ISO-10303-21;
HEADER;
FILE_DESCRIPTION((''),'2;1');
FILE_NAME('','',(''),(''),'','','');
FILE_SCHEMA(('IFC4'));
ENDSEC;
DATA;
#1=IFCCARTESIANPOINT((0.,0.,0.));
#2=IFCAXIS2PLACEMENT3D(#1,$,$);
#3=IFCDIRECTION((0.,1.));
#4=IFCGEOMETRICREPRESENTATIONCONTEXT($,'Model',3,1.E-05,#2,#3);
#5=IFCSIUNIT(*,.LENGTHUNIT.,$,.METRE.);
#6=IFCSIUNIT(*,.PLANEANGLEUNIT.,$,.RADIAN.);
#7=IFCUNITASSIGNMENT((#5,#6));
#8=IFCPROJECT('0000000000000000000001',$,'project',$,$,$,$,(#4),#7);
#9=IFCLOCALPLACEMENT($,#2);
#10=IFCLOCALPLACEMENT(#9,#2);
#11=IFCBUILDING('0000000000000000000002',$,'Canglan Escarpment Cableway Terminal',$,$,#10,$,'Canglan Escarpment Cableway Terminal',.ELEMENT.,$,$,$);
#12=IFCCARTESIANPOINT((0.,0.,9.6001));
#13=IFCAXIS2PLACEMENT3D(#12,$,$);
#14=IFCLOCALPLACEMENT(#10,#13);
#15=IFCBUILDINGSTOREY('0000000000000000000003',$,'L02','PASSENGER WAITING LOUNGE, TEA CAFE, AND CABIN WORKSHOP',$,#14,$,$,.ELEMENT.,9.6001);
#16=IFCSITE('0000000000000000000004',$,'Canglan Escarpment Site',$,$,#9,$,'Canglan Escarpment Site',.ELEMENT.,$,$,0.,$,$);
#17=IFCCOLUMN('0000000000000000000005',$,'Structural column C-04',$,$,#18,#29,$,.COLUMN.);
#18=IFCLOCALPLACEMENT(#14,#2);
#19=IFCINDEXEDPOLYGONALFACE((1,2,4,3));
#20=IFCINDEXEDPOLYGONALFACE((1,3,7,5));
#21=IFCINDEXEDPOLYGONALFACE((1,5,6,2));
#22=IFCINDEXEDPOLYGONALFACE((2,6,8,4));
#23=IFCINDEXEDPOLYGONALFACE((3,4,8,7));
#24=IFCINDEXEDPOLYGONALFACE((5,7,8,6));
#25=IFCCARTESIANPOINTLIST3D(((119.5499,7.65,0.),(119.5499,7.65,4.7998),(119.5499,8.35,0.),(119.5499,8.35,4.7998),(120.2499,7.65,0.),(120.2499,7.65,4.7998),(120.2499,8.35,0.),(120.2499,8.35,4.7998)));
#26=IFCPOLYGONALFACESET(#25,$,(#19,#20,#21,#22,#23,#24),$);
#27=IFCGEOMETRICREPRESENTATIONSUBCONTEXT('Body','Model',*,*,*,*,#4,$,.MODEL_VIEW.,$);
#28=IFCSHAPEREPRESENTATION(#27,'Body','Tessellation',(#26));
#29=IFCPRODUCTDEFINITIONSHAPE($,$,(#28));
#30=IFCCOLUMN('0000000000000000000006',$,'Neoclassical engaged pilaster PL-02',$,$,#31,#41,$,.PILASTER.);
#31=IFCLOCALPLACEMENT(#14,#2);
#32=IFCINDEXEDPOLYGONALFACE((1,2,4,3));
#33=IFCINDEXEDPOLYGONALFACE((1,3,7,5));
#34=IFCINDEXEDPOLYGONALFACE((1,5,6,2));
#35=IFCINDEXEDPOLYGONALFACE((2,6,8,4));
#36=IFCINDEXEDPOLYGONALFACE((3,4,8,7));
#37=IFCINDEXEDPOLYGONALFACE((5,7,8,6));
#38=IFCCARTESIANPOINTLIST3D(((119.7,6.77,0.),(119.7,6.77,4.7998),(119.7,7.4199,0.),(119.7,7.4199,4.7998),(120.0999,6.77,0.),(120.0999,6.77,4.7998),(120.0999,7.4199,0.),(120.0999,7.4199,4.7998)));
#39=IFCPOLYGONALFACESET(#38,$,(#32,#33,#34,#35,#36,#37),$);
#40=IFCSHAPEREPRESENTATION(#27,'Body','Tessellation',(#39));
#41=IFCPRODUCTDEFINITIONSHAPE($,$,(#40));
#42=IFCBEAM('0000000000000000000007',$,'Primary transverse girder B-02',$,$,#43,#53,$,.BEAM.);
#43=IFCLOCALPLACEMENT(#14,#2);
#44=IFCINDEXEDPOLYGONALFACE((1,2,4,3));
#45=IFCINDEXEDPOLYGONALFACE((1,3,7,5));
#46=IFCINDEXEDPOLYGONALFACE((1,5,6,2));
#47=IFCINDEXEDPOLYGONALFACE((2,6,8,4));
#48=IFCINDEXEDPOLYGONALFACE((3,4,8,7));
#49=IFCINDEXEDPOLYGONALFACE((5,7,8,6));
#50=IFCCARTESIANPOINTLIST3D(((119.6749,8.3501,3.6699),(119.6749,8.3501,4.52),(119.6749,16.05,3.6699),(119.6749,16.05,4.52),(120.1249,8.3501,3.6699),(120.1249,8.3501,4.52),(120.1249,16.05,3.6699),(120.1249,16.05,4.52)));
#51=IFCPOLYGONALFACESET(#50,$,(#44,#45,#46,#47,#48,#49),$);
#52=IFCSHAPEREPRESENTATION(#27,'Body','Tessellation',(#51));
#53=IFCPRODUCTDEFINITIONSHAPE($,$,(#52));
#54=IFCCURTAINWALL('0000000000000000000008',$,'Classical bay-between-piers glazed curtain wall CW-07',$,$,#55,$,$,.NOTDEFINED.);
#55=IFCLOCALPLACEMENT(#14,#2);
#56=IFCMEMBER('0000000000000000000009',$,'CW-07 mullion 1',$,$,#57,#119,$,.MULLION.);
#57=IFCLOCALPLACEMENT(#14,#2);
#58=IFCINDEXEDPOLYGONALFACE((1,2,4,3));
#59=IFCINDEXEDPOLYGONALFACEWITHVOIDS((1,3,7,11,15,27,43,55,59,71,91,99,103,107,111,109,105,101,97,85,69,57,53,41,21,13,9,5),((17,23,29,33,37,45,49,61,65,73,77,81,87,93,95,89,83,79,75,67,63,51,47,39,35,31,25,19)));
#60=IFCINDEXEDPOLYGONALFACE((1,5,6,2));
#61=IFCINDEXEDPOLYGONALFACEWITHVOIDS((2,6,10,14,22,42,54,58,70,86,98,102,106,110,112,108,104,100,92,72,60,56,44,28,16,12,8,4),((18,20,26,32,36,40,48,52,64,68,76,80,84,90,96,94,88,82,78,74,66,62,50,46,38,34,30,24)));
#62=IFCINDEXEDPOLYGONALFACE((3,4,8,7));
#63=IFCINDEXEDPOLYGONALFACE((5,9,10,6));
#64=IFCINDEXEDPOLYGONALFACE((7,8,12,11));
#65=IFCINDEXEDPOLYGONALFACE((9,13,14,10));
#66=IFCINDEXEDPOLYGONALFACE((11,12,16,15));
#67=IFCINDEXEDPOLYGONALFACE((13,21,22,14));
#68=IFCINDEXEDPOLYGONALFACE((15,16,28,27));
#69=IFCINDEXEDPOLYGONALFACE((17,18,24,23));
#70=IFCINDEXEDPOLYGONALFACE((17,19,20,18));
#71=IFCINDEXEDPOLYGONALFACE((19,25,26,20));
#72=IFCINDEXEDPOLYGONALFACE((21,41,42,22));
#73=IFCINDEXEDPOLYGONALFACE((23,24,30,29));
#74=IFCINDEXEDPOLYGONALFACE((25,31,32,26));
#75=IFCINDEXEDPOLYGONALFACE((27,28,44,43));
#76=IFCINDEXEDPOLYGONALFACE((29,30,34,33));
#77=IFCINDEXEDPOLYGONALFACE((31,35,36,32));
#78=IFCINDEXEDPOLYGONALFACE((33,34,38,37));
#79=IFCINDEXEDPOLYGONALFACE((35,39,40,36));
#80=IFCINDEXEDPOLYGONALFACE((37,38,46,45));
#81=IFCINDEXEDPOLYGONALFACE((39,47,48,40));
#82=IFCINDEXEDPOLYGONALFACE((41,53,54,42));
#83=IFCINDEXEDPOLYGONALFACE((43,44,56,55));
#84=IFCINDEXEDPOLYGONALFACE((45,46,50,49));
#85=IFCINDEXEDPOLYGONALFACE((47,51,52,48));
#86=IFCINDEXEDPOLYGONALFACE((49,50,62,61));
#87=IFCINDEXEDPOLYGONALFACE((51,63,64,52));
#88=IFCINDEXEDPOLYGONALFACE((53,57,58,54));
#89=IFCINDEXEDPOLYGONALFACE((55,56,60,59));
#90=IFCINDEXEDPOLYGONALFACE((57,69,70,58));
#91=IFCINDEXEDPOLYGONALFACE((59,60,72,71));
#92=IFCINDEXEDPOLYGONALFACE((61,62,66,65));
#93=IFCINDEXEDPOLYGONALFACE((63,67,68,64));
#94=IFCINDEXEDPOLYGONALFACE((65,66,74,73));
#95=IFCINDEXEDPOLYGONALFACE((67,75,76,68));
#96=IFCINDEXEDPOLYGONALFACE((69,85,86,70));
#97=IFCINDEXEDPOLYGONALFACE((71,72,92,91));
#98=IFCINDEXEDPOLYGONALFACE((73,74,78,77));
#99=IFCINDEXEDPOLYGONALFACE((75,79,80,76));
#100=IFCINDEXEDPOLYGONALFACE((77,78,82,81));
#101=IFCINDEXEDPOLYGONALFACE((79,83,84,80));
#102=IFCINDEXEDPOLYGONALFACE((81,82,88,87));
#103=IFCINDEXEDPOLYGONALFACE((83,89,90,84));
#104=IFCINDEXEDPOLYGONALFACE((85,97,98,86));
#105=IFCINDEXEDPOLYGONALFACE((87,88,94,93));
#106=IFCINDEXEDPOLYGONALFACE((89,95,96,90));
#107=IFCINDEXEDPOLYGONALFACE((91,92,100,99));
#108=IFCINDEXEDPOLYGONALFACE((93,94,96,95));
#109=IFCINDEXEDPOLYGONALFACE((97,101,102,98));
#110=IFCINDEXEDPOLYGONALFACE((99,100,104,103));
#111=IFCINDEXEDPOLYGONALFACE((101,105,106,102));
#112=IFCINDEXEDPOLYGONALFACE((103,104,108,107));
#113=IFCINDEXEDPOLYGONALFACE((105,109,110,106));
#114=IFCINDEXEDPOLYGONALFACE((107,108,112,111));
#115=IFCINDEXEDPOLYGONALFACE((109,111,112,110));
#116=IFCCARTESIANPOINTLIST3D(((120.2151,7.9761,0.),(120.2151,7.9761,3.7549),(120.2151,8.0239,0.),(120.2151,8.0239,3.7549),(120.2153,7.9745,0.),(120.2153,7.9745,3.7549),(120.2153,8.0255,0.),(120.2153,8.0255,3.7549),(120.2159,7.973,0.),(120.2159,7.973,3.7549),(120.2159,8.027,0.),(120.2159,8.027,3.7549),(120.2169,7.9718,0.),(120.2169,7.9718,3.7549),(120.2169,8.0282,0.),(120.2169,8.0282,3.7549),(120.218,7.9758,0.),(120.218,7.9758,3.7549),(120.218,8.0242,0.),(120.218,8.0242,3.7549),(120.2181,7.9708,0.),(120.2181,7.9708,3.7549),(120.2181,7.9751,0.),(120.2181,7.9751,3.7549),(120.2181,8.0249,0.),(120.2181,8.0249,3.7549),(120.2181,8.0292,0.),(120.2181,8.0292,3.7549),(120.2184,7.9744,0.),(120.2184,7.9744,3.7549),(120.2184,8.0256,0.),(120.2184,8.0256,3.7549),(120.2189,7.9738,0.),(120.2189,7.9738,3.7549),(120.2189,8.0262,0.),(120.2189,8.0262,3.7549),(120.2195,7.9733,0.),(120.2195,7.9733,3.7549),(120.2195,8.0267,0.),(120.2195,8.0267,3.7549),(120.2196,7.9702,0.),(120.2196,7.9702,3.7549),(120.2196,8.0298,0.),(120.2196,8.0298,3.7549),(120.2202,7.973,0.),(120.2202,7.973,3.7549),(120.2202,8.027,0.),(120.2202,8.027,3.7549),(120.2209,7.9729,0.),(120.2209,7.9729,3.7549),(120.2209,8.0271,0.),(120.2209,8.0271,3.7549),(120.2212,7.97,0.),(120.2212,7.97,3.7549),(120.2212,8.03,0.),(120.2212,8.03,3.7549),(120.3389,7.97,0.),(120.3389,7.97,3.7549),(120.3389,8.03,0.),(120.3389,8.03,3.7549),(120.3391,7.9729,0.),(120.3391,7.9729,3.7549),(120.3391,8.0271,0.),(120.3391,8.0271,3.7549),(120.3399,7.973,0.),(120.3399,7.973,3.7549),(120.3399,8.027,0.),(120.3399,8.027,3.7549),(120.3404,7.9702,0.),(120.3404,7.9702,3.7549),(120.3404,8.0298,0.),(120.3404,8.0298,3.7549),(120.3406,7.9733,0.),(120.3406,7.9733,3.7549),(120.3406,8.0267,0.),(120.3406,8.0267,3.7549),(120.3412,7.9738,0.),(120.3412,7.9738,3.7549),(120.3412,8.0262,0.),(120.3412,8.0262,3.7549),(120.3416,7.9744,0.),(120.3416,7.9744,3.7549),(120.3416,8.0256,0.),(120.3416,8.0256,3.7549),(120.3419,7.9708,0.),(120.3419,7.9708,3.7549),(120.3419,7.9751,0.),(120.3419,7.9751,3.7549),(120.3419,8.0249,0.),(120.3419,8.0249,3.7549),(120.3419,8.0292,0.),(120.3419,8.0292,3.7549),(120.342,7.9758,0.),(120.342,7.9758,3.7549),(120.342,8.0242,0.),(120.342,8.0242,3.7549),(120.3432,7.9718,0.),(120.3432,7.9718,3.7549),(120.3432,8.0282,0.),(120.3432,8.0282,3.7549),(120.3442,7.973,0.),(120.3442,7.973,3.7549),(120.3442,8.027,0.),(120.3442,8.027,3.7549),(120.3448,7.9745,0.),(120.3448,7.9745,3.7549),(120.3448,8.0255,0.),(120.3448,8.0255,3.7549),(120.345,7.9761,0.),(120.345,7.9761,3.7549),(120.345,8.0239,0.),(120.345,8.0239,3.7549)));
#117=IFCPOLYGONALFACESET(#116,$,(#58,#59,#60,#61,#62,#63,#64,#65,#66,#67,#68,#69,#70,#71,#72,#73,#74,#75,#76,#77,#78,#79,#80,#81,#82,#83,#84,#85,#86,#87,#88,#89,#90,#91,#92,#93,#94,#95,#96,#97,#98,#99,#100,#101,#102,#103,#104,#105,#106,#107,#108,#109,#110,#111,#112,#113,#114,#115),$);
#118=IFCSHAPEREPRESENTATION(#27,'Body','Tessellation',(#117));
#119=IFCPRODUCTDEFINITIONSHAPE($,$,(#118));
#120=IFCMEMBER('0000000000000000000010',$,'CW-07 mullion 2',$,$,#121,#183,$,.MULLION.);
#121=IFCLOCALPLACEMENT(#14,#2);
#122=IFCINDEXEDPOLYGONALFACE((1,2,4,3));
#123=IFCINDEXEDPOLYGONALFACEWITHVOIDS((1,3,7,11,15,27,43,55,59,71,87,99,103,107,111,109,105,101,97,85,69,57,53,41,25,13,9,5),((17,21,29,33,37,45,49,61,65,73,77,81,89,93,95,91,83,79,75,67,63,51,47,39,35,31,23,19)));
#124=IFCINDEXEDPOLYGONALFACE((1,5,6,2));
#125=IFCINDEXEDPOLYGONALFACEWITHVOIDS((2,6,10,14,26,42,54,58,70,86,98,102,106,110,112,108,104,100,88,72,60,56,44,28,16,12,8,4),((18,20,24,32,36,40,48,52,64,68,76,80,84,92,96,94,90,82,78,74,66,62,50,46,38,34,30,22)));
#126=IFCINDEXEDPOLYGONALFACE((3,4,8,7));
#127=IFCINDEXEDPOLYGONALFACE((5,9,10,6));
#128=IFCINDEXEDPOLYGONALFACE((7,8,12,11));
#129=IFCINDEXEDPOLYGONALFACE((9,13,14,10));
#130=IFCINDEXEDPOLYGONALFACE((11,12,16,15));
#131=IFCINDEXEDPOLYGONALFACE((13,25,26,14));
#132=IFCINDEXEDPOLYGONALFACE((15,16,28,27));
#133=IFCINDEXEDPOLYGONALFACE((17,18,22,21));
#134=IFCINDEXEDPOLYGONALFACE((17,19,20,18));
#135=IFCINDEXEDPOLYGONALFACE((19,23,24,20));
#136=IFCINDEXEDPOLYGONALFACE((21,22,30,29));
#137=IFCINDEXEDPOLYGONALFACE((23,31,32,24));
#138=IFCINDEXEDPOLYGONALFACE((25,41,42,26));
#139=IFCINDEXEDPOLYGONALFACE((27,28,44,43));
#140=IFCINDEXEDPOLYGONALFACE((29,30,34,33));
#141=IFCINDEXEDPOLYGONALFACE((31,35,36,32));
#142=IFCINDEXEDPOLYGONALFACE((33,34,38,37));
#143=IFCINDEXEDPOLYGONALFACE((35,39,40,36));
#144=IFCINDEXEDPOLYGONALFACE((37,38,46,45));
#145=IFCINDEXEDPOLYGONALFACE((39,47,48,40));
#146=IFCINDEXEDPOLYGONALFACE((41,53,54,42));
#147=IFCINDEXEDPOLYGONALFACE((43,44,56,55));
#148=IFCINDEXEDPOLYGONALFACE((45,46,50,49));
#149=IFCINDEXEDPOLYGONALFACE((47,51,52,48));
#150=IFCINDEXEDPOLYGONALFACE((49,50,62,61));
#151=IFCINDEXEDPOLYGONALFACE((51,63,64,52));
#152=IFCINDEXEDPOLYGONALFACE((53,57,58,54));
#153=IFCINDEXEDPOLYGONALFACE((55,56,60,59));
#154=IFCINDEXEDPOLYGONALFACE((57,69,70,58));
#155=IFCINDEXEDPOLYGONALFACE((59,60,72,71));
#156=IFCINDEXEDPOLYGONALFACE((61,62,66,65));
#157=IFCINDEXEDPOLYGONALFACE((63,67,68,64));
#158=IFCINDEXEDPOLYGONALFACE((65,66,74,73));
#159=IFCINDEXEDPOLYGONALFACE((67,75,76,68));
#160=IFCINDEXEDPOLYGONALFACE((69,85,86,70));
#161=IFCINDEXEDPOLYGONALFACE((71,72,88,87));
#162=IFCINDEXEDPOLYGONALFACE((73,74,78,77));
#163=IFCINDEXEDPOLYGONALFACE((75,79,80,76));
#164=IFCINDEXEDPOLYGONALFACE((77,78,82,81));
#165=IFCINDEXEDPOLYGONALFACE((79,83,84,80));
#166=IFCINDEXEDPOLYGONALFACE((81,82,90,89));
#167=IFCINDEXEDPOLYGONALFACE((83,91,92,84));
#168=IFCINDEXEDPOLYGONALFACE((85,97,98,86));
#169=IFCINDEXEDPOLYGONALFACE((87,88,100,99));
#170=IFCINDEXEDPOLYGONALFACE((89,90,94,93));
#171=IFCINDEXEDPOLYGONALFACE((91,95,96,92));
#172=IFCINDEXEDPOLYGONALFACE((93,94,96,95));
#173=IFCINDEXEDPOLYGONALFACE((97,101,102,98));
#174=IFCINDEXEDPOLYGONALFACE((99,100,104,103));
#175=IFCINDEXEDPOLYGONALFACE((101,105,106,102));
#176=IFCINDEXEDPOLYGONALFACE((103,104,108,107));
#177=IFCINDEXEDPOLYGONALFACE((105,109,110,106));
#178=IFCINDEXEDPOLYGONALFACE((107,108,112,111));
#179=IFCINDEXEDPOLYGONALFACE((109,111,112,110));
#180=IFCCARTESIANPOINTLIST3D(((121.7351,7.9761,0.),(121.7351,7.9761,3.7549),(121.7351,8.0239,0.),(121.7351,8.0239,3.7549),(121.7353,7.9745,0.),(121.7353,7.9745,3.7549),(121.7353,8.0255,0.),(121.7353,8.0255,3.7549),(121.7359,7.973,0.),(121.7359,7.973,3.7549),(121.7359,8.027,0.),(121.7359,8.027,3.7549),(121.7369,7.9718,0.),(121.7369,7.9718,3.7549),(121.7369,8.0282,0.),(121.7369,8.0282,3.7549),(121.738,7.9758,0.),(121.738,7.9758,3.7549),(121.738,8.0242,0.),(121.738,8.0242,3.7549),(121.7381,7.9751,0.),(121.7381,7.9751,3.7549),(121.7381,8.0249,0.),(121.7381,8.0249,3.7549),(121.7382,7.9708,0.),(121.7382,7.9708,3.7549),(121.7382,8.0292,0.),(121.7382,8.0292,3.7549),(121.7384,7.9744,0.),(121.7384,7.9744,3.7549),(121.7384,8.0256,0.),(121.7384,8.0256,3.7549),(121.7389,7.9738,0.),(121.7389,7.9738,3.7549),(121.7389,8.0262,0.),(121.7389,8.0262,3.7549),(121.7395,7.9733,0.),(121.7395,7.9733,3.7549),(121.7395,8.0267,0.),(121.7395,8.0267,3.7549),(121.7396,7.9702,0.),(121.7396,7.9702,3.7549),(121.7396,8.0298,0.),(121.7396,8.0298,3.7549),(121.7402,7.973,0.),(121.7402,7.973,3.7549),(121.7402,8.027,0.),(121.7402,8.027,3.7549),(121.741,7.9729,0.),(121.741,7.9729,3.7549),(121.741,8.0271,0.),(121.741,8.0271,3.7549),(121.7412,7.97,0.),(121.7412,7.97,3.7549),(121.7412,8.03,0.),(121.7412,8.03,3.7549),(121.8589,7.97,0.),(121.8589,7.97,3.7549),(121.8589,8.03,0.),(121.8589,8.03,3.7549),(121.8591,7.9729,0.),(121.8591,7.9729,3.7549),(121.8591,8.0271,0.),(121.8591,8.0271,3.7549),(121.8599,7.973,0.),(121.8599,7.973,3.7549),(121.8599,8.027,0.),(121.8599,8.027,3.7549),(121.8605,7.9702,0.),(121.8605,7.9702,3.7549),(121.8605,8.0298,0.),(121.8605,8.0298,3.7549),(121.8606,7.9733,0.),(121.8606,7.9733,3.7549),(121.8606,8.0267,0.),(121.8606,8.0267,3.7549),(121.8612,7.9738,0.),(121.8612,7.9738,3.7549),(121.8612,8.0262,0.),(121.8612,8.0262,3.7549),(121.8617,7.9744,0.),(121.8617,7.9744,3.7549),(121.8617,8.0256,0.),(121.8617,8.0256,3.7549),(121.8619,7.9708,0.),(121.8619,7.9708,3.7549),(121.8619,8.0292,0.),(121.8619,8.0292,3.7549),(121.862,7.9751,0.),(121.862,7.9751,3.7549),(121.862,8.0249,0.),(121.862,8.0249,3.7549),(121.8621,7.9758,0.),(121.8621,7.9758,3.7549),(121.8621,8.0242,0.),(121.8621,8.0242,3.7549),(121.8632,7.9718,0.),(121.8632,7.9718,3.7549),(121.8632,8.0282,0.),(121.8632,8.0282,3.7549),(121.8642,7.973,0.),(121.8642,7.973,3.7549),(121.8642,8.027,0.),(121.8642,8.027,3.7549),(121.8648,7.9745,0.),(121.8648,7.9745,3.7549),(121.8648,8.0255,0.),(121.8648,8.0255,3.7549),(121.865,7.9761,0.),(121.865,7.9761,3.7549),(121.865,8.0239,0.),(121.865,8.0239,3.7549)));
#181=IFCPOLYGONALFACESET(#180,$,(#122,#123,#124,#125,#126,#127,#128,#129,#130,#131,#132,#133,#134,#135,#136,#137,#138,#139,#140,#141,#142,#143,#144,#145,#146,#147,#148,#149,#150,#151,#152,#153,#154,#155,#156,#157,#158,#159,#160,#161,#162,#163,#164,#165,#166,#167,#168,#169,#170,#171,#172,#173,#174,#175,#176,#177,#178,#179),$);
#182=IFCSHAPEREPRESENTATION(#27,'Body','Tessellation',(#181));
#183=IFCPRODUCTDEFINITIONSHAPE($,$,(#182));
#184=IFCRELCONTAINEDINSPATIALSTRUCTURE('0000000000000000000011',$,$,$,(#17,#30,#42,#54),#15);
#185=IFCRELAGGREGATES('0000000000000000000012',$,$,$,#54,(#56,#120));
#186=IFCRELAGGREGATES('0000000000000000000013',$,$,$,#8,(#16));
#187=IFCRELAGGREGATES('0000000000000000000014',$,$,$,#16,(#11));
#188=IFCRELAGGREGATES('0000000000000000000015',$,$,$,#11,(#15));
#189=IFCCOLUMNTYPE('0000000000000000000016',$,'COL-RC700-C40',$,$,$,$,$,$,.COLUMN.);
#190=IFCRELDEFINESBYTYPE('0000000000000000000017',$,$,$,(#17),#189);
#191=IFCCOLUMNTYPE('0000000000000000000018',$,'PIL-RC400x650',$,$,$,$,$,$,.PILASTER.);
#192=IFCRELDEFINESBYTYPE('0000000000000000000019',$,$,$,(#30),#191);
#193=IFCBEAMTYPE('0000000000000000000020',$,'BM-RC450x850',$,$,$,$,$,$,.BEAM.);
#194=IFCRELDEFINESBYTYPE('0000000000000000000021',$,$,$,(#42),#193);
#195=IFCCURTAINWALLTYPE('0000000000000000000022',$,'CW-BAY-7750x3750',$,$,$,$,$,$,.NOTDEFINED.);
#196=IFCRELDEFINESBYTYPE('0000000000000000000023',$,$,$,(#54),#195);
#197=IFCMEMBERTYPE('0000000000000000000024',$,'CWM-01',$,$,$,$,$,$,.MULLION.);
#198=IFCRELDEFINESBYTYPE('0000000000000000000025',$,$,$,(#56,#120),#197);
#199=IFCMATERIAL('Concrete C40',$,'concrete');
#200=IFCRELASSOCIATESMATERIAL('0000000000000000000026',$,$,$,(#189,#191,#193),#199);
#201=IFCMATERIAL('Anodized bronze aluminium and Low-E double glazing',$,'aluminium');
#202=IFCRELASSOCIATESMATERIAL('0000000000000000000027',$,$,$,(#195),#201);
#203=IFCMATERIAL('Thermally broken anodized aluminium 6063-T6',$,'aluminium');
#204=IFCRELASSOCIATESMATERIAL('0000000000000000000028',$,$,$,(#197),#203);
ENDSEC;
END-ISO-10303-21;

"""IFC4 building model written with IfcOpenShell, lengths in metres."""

from ifc_helpers import new_model, si_unit, direction, frame, origin, origin_2d, place, context, subcontext, project, spatial, rectangle, hollow_rectangle, extrude, material, material_profile, profile_set, type_object, element, aggregate, save


model = new_model("IFC4")

# Units and contexts
model_context = context("Model", 3, precision=1e-05, world=origin(), true_north=direction((0.0, 1.0)))
body_context = subcontext(model_context, "Body", "Model", "MODEL_VIEW")
ifc_project = project(units=[si_unit("LENGTHUNIT", "METRE"), si_unit("PLANEANGLEUNIT", "RADIAN")], contexts=[model_context])

# Site, building, storey
site_placement = place(None, origin())
site = spatial("IfcSite", under=ifc_project, at=site_placement, Name="Canglan Escarpment Site", LongName="Canglan Escarpment Site", CompositionType="ELEMENT", RefElevation=0.0)
building_placement = place(site_placement, origin())
building = spatial("IfcBuilding", under=site, at=building_placement, Name="Canglan Escarpment Cableway Terminal", LongName="Canglan Escarpment Cableway Terminal", CompositionType="ELEMENT")
storey_placement = place(building_placement, frame((0.0, 0.0, 9.6001)))
storey = spatial("IfcBuildingStorey", under=building, at=storey_placement, Name="L02", Description="PASSENGER WAITING LOUNGE, TEA CAFE, AND CABIN WORKSHOP", CompositionType="ELEMENT", Elevation=9.6001)

# Columns
ifc_material_1 = material(Name="Concrete C40", Category="concrete")
ifc_material_profile_1 = material_profile(ifc_material_1, rectangle(XDim=0.7, YDim=0.7, at=origin_2d()), Name="RC 700x700")
ifc_profile_set_1 = profile_set([ifc_material_profile_1], Name="Concrete C40")
column_type_1 = type_object("IfcColumnType", Name="COL-RC700-C40", PredefinedType="COLUMN", material=ifc_profile_set_1)
column_1_placement = place(storey_placement, frame((119.8999, 8.0, 0.0), z_axis=(0.0, 0.0, 1.0), x_axis=(1.0, 0.0, 0.0)))
element("IfcColumn", 1, at=column_1_placement, inside=storey, type_object=column_type_1, Name="Structural column C-04", PredefinedType="COLUMN", context=body_context, shape_type="SweptSolid", body=[
    extrude(rectangle(XDim=0.7, YDim=0.7, at=origin_2d()), origin(), (0.0, 0.0, 1.0), 4.7998),
])
ifc_material_profile_2 = material_profile(ifc_material_1, rectangle(XDim=0.3999, YDim=0.6499, at=origin_2d()), Name="RC-PIL 400x650")
ifc_profile_set_2 = profile_set([ifc_material_profile_2], Name="Concrete C40")
column_type_2 = type_object("IfcColumnType", Name="PIL-RC400x650", PredefinedType="PILASTER", material=ifc_profile_set_2)
column_2_placement = place(storey_placement, frame((119.8999, 7.095, 0.0), z_axis=(0.0, 0.0, 1.0), x_axis=(1.0, 0.0, 0.0)))
element("IfcColumn", 2, at=column_2_placement, inside=storey, type_object=column_type_2, Name="Neoclassical engaged pilaster PL-02", PredefinedType="PILASTER", context=body_context, shape_type="SweptSolid", body=[
    extrude(rectangle(XDim=0.3999, YDim=0.6499, at=origin_2d()), origin(), (0.0, 0.0, 1.0), 4.7998),
])

# Beam
ifc_material_profile_3 = material_profile(ifc_material_1, rectangle(XDim=0.45, YDim=0.8501, at=origin_2d()), Name="RC 450x850")
ifc_profile_set_3 = profile_set([ifc_material_profile_3], Name="Concrete C40")
beam_type_1 = type_object("IfcBeamType", Name="BM-RC450x850", PredefinedType="BEAM", material=ifc_profile_set_3)
beam_1_placement = place(storey_placement, frame((119.8999, 8.3501, 4.095), z_axis=(0.0, 1.0, 0.0), x_axis=(-1.0, 0.0, 0.0)))
element("IfcBeam", 3, at=beam_1_placement, inside=storey, type_object=beam_type_1, Name="Primary transverse girder B-02", PredefinedType="BEAM", context=body_context, shape_type="SweptSolid", body=[
    extrude(rectangle(XDim=0.45, YDim=0.8501, at=origin_2d()), origin(), (0.0, 0.0, 1.0), 7.7),
])

# Curtain wall, members
ifc_material_2 = material(Name="Anodized bronze aluminium and Low-E double glazing", Category="aluminium")
curtain_wall_type = type_object("IfcCurtainWallType", Name="CW-BAY-7750x3750", PredefinedType="NOTDEFINED", material=ifc_material_2)
curtain_wall_placement = place(storey_placement, origin())
curtain_wall = element("IfcCurtainWall", 4, at=curtain_wall_placement, inside=storey, type_object=curtain_wall_type, Name="Classical bay-between-piers glazed curtain wall CW-07", PredefinedType="NOTDEFINED")
ifc_material_3 = material(Name="Thermally broken anodized aluminium 6063-T6", Category="aluminium")
ifc_material_profile_4 = material_profile(ifc_material_3, hollow_rectangle(XDim=0.0601, YDim=0.1299, WallThickness=0.0029, InnerFilletRadius=0.0029, OuterFilletRadius=0.0061, at=origin_2d()), Name="ALU-MULL 60x130x3")
ifc_profile_set_4 = profile_set([ifc_material_profile_4], Name="Thermally broken anodized aluminium 6063-T6")
member_type_1 = type_object("IfcMemberType", Name="CWM-01", PredefinedType="MULLION", material=ifc_profile_set_4)
member_1_placement = place(storey_placement, frame((120.28, 8.0, 0.0), z_axis=(0.0, 0.0, 1.0), x_axis=(0.0, 1.0, 0.0)))
member_1 = element("IfcMember", 5, at=member_1_placement, type_object=member_type_1, Name="CW-07 mullion 1", PredefinedType="MULLION", context=body_context, shape_type="SweptSolid", body=[
    extrude(hollow_rectangle(XDim=0.0601, YDim=0.1299, WallThickness=0.0029, InnerFilletRadius=0.0029, OuterFilletRadius=0.0061, at=origin_2d()), origin(), (0.0, 0.0, 1.0), 3.7549),
])
member_2_placement = place(storey_placement, frame((121.8, 8.0, 0.0), z_axis=(0.0, 0.0, 1.0), x_axis=(0.0, 1.0, 0.0)))
member_2 = element("IfcMember", 6, at=member_2_placement, type_object=member_type_1, Name="CW-07 mullion 2", PredefinedType="MULLION", context=body_context, shape_type="SweptSolid", body=[
    extrude(hollow_rectangle(XDim=0.0601, YDim=0.1299, WallThickness=0.0029, InnerFilletRadius=0.0029, OuterFilletRadius=0.0061, at=origin_2d()), origin(), (0.0, 0.0, 1.0), 3.7549),
])

aggregate(curtain_wall, [member_1, member_2])

save(model, "model.ifc")
